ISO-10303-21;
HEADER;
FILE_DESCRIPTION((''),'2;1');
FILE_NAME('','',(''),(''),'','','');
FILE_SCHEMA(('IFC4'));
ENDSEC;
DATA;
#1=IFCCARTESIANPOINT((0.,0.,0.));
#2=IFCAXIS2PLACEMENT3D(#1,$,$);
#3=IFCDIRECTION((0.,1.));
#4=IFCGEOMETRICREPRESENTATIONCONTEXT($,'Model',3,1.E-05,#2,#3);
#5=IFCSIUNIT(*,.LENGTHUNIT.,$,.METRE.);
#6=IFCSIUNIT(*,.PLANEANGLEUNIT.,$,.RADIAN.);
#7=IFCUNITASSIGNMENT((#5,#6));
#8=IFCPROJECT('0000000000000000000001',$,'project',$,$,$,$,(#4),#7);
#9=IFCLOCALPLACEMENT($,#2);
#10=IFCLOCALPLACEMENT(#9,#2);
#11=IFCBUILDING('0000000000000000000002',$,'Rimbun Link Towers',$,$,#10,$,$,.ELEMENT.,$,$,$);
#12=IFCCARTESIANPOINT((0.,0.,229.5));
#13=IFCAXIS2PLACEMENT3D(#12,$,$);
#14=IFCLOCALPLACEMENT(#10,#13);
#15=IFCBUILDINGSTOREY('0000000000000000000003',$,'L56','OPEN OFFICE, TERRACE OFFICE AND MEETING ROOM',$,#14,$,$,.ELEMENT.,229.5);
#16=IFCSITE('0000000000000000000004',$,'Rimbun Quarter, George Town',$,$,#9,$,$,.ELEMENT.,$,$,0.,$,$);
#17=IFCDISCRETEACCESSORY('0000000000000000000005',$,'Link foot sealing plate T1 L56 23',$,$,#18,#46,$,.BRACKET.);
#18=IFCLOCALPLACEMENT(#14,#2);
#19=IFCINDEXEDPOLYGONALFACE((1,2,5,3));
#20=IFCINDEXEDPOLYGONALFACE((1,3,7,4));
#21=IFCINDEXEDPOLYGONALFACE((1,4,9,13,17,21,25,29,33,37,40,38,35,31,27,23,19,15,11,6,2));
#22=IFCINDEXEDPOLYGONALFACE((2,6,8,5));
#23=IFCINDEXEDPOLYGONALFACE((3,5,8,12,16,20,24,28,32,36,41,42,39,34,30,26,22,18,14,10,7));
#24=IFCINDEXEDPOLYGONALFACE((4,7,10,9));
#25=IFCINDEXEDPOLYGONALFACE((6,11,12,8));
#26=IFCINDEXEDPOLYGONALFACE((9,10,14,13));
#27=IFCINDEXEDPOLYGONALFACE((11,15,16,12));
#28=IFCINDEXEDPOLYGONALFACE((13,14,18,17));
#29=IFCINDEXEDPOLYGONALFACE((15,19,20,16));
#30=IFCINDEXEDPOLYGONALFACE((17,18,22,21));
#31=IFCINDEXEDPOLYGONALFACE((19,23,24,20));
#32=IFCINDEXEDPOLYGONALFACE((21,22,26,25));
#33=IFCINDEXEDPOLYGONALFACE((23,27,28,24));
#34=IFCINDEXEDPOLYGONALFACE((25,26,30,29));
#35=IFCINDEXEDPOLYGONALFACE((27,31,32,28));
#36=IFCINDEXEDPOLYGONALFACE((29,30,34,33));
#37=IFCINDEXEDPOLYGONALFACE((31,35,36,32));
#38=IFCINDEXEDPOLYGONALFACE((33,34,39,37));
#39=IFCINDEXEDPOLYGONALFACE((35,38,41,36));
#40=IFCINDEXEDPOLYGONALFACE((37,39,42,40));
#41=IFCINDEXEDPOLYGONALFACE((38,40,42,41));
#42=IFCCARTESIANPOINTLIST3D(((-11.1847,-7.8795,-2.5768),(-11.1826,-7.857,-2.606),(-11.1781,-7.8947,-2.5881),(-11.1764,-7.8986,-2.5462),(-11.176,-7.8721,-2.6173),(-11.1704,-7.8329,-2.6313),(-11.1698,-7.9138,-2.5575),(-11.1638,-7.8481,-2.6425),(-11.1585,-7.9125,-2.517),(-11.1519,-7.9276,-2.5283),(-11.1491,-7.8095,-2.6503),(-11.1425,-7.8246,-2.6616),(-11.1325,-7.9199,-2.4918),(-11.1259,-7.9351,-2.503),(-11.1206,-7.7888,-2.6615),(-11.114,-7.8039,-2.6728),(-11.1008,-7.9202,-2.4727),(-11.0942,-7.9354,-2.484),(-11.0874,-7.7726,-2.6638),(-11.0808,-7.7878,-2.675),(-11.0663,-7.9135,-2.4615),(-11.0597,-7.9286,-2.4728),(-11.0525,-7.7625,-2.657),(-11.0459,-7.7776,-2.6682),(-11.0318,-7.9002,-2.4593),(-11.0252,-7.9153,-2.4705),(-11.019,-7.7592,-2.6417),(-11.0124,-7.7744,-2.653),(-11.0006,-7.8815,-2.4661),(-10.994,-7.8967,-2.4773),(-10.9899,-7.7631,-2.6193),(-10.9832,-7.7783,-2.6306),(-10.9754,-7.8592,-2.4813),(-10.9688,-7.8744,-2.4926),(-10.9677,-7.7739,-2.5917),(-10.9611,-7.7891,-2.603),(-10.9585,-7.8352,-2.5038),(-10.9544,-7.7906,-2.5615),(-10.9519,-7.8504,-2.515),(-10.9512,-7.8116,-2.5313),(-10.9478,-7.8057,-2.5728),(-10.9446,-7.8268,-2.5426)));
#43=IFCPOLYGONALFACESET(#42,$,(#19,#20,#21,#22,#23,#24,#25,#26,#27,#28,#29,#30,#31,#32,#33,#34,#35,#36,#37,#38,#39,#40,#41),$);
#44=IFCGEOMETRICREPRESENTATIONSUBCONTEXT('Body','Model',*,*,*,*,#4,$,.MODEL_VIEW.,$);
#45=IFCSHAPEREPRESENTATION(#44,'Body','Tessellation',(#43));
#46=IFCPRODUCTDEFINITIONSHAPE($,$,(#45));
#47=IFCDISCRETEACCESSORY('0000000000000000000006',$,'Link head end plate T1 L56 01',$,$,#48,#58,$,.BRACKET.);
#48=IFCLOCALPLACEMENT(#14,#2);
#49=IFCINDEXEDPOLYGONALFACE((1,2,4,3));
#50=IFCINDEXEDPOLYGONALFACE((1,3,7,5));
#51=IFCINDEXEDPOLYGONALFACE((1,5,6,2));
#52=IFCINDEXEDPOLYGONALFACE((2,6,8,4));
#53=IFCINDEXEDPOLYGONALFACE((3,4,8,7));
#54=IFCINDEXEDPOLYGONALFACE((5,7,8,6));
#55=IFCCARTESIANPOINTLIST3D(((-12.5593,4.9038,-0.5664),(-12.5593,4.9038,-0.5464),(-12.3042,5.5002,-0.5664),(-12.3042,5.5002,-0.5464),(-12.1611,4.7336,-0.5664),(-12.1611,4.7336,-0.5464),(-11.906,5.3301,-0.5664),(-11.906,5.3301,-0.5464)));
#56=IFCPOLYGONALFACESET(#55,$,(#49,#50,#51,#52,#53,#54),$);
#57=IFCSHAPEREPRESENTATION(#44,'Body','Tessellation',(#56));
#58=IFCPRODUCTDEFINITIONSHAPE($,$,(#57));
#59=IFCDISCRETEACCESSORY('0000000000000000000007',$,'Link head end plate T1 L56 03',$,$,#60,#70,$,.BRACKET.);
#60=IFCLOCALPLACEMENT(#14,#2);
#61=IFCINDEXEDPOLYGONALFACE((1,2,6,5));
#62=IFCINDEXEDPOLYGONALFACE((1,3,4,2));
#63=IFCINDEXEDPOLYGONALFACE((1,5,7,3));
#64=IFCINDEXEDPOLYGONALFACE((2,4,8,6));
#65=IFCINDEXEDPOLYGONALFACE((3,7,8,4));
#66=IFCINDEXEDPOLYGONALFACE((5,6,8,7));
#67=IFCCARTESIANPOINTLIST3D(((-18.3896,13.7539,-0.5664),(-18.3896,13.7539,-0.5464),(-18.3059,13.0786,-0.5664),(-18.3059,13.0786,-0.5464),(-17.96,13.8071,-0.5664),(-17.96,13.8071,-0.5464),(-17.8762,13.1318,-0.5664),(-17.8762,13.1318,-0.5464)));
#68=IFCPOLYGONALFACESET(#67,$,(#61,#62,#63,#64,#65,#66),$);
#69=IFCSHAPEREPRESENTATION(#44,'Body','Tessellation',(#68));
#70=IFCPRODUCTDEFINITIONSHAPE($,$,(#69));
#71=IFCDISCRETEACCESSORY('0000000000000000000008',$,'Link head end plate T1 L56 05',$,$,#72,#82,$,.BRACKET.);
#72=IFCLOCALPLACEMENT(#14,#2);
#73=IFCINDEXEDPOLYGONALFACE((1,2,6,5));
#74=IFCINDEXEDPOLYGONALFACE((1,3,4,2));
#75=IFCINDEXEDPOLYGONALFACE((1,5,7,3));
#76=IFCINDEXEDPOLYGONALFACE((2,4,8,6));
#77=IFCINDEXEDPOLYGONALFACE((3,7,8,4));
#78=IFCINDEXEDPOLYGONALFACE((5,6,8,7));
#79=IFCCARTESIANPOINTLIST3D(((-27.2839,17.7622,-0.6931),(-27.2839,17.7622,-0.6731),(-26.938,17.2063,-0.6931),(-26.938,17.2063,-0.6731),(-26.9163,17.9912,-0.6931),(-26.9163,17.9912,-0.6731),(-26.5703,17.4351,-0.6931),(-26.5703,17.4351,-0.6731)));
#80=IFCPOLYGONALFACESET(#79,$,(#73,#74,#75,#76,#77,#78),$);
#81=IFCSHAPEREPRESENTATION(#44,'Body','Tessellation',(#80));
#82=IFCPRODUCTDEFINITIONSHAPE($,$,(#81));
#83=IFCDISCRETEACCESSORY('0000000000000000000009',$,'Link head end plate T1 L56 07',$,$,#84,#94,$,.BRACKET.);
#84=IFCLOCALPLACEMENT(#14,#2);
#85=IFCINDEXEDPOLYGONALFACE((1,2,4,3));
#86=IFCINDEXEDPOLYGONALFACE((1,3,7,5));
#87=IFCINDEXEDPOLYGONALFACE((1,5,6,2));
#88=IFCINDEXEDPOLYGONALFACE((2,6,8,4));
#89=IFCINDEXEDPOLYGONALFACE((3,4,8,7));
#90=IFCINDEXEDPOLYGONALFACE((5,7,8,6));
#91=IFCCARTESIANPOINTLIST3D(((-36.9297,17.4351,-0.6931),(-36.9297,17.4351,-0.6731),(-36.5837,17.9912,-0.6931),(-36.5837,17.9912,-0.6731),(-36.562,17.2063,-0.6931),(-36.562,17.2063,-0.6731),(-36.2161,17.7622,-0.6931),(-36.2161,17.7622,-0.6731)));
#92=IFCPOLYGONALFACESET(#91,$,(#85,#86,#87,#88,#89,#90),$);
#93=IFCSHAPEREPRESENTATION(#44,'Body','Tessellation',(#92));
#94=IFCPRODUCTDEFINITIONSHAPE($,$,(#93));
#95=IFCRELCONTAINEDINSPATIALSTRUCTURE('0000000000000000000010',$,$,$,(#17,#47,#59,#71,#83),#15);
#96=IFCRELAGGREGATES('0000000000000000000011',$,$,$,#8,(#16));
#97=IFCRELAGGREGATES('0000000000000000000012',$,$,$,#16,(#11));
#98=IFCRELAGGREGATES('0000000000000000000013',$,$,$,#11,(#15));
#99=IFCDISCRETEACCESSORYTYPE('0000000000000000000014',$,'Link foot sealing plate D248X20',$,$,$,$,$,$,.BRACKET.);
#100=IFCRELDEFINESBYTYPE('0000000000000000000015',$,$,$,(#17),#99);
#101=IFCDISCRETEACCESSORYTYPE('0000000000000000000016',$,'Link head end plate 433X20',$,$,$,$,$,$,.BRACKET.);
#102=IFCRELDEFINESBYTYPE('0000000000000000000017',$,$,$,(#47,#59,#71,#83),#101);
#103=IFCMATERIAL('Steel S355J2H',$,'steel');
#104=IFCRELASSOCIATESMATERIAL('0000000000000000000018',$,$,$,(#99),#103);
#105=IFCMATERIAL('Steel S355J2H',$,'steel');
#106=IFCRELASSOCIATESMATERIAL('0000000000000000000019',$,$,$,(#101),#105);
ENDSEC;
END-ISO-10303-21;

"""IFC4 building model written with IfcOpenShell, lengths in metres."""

from ifc_helpers import new_model, si_unit, direction, frame, origin, origin_2d, place, context, subcontext, project, spatial, polyline, rectangle, circle, outline, extrude, material, material_profile, profile_set, type_object, element, save


model = new_model("IFC4")

# Units and contexts
model_context = context("Model", 3, precision=1e-05, world=origin(), true_north=direction((0.0, 1.0)))
body_context = subcontext(model_context, "Body", "Model", "MODEL_VIEW")
ifc_project = project(units=[si_unit("LENGTHUNIT", "METRE"), si_unit("PLANEANGLEUNIT", "RADIAN")], contexts=[model_context])

# Site, building, storey
site_placement = place(None, origin())
site = spatial("IfcSite", under=ifc_project, at=site_placement, Name="Rimbun Quarter, George Town", CompositionType="ELEMENT", RefElevation=0.0)
building_placement = place(site_placement, origin())
building = spatial("IfcBuilding", under=site, at=building_placement, Name="Rimbun Link Towers", CompositionType="ELEMENT")
storey_placement = place(building_placement, frame((0.0, 0.0, 229.5)))
storey = spatial("IfcBuildingStorey", under=building, at=storey_placement, Name="L56", Description="OPEN OFFICE, TERRACE OFFICE AND MEETING ROOM", CompositionType="ELEMENT", Elevation=229.5)

# Discrete accessories
ifc_material_1 = material(Name="Steel S355J2H", Category="steel")
ifc_material_profile_1 = material_profile(ifc_material_1, circle(Radius=0.124, at=origin_2d()), Name="PL D248")
ifc_profile_set_1 = profile_set([ifc_material_profile_1], Name="Steel S355J2H")
discrete_accessory_type_1 = type_object("IfcDiscreteAccessoryType", Name="Link foot sealing plate D248X20", PredefinedType="BRACKET", material=ifc_profile_set_1)
for number, where, z_axis, x_axis, name in (
    (1, (-11.0681, -7.8401, -2.5615), (0.330129, -0.758073, -0.562441), (0.916835, 0.399267, 0.0), "Link foot sealing plate T1 L56 23"),
):
    element("IfcDiscreteAccessory", number, at=place(storey_placement, frame(where, z_axis=z_axis, x_axis=x_axis)), inside=storey, type_object=discrete_accessory_type_1, Name=name, PredefinedType="BRACKET", context=body_context, shape_type="SweptSolid", body=[
        extrude(circle(Radius=0.124, at=origin_2d()), origin(), (0.0, 0.0, 1.0), 0.02),
    ])
ifc_material_2 = material(Name="Steel S355J2H", Category="steel")
ifc_material_profile_2 = material_profile(ifc_material_2, rectangle(XDim=0.4331, YDim=0.4331, at=origin_2d()), Name="PL 433x433")
ifc_profile_set_2 = profile_set([ifc_material_profile_2], Name="Steel S355J2H")
discrete_accessory_type_2 = type_object("IfcDiscreteAccessoryType", Name="Link head end plate 433X20", PredefinedType="BRACKET", material=ifc_profile_set_2)
discrete_accessory_1_placement = place(storey_placement, frame((0.0, 0.0, -0.5664)))
element("IfcDiscreteAccessory", 2, at=discrete_accessory_1_placement, inside=storey, type_object=discrete_accessory_type_2, Name="Link head end plate T1 L56 01", PredefinedType="BRACKET", context=body_context, shape_type="SweptSolid", body=[
    extrude(outline(polyline([(-12.1611, 4.7336), (-11.906, 5.3301), (-12.3042, 5.5002), (-12.5593, 4.9038), (-12.1611, 4.7336)])), origin(), (0.0, 0.0, 1.0), 0.02),
])
discrete_accessory_2_placement = place(storey_placement, frame((0.0, 0.0, -0.5664)))
element("IfcDiscreteAccessory", 3, at=discrete_accessory_2_placement, inside=storey, type_object=discrete_accessory_type_2, Name="Link head end plate T1 L56 03", PredefinedType="BRACKET", context=body_context, shape_type="SweptSolid", body=[
    extrude(outline(polyline([(-17.8762, 13.1318), (-17.96, 13.8071), (-18.3896, 13.7539), (-18.3059, 13.0786), (-17.8762, 13.1318)])), origin(), (0.0, 0.0, 1.0), 0.02),
])
discrete_accessory_3_placement = place(storey_placement, frame((0.0, 0.0, -0.6931)))
element("IfcDiscreteAccessory", 4, at=discrete_accessory_3_placement, inside=storey, type_object=discrete_accessory_type_2, Name="Link head end plate T1 L56 05", PredefinedType="BRACKET", context=body_context, shape_type="SweptSolid", body=[
    extrude(outline(polyline([(-26.5703, 17.4351), (-26.9163, 17.9912), (-27.2839, 17.7622), (-26.938, 17.2063), (-26.5703, 17.4351)])), origin(), (0.0, 0.0, 1.0), 0.02),
])
discrete_accessory_4_placement = place(storey_placement, frame((0.0, 0.0, -0.6931)))
element("IfcDiscreteAccessory", 5, at=discrete_accessory_4_placement, inside=storey, type_object=discrete_accessory_type_2, Name="Link head end plate T1 L56 07", PredefinedType="BRACKET", context=body_context, shape_type="SweptSolid", body=[
    extrude(outline(polyline([(-36.562, 17.2063), (-36.2161, 17.7622), (-36.5837, 17.9912), (-36.9297, 17.4351), (-36.562, 17.2063)])), origin(), (0.0, 0.0, 1.0), 0.02),
])

save(model, "model.ifc")
